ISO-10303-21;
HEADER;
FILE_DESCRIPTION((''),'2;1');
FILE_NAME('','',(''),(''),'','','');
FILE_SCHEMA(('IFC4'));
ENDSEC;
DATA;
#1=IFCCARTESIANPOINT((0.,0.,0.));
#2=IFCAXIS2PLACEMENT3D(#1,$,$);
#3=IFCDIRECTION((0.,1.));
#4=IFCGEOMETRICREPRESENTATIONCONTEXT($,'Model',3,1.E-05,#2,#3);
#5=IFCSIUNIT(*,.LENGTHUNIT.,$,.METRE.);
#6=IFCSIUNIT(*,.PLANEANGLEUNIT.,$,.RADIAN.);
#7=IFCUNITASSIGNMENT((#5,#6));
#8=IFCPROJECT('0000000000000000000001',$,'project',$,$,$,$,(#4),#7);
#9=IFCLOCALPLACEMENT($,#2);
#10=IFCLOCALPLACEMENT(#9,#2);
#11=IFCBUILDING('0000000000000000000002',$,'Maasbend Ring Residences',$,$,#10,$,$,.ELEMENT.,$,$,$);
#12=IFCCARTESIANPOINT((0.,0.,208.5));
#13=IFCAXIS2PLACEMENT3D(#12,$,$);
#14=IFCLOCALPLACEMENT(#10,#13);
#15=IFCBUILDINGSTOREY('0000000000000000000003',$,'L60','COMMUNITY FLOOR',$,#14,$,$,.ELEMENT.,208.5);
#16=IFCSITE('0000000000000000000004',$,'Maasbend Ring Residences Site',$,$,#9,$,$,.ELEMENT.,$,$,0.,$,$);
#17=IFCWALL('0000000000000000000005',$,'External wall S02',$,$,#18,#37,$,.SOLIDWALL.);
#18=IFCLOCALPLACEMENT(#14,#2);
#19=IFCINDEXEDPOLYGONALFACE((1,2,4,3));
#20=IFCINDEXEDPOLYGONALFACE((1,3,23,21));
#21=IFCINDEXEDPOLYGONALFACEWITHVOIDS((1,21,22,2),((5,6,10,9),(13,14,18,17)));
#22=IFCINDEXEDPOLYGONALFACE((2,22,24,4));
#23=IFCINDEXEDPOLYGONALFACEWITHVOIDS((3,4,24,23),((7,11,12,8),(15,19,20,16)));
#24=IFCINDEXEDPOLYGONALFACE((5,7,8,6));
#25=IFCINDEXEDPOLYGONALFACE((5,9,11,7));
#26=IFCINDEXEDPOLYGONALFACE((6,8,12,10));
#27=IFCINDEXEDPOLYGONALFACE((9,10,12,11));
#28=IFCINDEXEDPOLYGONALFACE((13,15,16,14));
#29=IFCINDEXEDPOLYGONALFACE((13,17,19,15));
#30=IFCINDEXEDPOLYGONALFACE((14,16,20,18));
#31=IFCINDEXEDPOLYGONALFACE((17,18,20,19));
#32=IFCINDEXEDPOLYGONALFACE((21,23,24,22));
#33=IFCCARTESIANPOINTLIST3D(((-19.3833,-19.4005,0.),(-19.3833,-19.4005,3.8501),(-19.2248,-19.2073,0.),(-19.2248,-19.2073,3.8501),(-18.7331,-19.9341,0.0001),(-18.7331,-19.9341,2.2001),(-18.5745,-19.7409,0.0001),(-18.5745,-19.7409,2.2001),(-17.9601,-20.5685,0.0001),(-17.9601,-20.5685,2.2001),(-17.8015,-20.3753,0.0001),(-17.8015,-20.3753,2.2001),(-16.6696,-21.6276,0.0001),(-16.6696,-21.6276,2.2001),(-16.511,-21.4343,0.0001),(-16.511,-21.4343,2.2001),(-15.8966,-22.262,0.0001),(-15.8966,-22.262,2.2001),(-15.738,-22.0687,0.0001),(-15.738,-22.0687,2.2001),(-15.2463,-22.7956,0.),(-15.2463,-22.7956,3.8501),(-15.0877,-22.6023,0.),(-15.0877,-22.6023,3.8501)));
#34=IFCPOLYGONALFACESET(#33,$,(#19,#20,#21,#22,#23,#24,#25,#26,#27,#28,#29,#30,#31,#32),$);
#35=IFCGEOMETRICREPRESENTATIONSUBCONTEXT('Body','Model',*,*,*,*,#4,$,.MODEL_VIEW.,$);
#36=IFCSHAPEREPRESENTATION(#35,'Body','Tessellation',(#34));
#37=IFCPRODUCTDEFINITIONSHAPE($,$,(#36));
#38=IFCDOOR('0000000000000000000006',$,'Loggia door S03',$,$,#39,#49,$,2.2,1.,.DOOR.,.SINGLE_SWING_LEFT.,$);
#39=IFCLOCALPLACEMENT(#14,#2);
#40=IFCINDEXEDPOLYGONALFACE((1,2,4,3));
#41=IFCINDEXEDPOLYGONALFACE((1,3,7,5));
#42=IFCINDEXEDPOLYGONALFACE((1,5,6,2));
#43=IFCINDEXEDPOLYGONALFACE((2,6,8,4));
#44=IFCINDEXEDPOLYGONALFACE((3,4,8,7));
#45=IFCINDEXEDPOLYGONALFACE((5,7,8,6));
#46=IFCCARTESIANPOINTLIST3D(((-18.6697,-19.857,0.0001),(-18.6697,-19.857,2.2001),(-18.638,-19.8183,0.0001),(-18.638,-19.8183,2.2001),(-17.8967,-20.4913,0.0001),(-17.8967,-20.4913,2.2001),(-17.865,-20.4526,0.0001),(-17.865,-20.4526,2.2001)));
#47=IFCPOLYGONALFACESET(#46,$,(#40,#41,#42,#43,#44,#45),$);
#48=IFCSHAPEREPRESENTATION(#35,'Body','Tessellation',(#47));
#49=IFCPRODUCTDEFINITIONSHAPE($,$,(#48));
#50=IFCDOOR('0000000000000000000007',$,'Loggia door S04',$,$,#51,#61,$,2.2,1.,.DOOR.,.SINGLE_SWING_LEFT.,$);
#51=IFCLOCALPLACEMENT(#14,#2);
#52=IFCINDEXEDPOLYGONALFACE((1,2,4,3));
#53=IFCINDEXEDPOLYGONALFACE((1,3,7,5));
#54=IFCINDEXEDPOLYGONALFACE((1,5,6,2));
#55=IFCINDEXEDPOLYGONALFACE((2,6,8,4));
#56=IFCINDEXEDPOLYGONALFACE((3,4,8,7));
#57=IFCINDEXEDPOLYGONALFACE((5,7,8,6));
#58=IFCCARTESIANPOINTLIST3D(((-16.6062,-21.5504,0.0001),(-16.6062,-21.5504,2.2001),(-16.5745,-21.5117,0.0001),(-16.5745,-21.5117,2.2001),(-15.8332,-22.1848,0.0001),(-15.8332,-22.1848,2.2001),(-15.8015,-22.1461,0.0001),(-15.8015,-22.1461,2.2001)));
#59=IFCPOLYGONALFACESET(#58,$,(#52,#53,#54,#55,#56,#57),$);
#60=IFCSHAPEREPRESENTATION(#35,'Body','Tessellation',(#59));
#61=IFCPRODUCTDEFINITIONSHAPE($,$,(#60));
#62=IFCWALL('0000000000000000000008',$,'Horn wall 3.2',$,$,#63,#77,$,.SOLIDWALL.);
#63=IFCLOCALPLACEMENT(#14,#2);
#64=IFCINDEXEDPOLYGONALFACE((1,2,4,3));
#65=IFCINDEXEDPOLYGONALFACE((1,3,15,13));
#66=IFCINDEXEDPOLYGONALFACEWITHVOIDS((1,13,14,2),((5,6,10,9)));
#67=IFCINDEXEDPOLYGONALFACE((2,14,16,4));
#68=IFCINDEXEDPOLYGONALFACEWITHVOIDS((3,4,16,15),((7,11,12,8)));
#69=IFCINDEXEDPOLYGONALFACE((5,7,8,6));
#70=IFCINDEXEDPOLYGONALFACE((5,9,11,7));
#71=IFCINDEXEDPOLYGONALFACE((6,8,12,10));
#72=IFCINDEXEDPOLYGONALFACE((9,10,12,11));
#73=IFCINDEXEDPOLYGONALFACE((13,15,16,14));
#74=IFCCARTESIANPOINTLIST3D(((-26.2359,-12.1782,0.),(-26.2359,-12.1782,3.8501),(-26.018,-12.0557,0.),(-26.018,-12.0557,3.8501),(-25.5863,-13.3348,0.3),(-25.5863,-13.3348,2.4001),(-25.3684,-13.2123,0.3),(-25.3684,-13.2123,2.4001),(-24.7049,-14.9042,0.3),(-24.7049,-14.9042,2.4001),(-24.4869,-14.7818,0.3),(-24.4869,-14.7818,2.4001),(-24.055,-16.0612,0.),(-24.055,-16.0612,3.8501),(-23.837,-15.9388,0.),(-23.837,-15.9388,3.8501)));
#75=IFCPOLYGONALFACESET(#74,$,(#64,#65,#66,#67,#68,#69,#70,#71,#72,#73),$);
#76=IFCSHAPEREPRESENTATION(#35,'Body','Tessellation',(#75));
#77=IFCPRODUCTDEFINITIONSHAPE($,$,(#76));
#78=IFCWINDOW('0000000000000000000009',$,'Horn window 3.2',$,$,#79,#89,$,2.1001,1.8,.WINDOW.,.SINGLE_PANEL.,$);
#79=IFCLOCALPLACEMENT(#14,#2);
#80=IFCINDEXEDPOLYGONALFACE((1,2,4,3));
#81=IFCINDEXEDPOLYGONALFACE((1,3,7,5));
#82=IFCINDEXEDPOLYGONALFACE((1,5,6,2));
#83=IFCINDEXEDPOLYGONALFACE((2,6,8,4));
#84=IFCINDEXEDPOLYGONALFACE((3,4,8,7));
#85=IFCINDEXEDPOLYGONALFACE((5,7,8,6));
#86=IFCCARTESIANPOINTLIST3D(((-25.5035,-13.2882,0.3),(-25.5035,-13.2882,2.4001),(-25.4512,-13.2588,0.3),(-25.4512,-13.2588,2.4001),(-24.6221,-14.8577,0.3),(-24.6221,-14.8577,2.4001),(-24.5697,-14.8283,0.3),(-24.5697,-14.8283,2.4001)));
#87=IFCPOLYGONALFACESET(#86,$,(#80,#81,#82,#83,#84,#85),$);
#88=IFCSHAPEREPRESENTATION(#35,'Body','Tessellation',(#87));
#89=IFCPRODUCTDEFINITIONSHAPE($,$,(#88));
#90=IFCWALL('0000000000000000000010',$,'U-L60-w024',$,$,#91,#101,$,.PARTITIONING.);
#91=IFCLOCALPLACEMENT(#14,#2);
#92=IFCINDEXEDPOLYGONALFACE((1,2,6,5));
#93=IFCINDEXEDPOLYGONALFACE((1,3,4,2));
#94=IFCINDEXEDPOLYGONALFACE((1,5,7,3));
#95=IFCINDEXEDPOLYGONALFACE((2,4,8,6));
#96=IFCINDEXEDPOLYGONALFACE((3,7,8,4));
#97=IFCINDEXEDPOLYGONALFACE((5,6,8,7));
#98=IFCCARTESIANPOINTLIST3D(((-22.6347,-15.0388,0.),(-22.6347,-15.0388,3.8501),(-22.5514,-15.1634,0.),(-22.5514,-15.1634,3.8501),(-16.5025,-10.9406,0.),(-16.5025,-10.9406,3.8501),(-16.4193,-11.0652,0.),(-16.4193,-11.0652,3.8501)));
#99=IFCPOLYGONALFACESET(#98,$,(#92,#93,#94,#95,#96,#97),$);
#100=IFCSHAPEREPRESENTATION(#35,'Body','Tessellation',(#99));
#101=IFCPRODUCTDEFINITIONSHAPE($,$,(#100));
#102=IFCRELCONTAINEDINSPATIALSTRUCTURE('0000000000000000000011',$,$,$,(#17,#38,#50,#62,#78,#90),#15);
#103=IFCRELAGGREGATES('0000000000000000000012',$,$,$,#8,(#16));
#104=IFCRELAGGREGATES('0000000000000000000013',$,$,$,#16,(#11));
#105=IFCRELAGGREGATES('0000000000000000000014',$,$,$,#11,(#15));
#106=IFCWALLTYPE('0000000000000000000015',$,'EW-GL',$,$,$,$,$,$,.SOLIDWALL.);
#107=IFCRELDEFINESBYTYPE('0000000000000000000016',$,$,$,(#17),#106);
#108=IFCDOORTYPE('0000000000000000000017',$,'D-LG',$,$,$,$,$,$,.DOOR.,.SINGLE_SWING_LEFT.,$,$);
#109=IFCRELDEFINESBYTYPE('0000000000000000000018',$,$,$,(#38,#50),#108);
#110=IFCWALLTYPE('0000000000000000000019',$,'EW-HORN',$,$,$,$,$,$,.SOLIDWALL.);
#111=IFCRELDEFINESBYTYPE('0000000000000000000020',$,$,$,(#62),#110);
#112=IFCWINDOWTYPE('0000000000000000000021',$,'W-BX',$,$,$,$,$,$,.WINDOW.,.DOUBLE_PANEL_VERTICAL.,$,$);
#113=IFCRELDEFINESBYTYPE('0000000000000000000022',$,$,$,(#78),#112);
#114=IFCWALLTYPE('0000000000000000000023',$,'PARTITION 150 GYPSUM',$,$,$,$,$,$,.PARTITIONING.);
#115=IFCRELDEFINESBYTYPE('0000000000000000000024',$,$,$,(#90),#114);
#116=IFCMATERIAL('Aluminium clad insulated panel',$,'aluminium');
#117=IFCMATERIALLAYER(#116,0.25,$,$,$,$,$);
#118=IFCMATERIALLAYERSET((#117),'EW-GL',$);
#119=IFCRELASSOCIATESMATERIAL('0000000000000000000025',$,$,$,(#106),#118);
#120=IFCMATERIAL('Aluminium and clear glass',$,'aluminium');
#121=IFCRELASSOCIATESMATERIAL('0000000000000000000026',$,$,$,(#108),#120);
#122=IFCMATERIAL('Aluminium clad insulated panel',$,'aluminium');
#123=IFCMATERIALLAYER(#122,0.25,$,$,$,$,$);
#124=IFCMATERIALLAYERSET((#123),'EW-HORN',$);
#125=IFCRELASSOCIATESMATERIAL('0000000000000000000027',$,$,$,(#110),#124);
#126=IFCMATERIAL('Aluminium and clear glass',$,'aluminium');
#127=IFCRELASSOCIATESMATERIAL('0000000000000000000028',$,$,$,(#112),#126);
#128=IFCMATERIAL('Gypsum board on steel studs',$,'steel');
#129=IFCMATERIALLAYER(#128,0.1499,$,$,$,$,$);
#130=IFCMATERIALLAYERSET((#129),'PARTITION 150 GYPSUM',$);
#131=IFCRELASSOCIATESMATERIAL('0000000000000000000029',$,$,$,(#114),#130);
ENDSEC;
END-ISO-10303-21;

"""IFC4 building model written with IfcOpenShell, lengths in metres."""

from ifc_helpers import new_model, si_unit, direction, frame, frame_2d, origin, place, context, subcontext, project, spatial, rectangle, extrude, material, layer, layer_set, type_object, element, fill, save


model = new_model("IFC4")

# Units and contexts
model_context = context("Model", 3, precision=1e-05, world=origin(), true_north=direction((0.0, 1.0)))
body_context = subcontext(model_context, "Body", "Model", "MODEL_VIEW")
ifc_project = project(units=[si_unit("LENGTHUNIT", "METRE"), si_unit("PLANEANGLEUNIT", "RADIAN")], contexts=[model_context])

# Site, building, storey
site_placement = place(None, origin())
site = spatial("IfcSite", under=ifc_project, at=site_placement, Name="Maasbend Ring Residences Site", CompositionType="ELEMENT", RefElevation=0.0)
building_placement = place(site_placement, origin())
building = spatial("IfcBuilding", under=site, at=building_placement, Name="Maasbend Ring Residences", CompositionType="ELEMENT")
storey_placement = place(building_placement, frame((0.0, 0.0, 208.5)))
storey = spatial("IfcBuildingStorey", under=building, at=storey_placement, Name="L60", Description="COMMUNITY FLOOR", CompositionType="ELEMENT", Elevation=208.5)

# Wall, openings, doors
ifc_material_1 = material(Name="Aluminium clad insulated panel", Category="aluminium")
ifc_layer_1 = layer(ifc_material_1, 0.25)
ifc_layer_set_1 = layer_set([ifc_layer_1], Name="EW-GL")
wall_type_1 = type_object("IfcWallType", Name="EW-GL", PredefinedType="SOLIDWALL", material=ifc_layer_set_1)
ifc_material_2 = material(Name="Aluminium and clear glass", Category="aluminium")
door_type_1 = type_object("IfcDoorType", Name="D-LG", OperationType="SINGLE_SWING_LEFT", PredefinedType="DOOR", material=ifc_material_2)
wall_1_placement = place(storey_placement, frame((-19.304, -19.304, 0.0), z_axis=(0.0, 0.0, 1.0), x_axis=(0.773019, -0.634382, 0.0)))
wall_1 = element("IfcWall", 1, at=wall_1_placement, inside=storey, type_object=wall_type_1, Name="External wall S02", PredefinedType="SOLIDWALL", context=body_context, shape_type="SweptSolid", body=[
    extrude(rectangle(XDim=5.3518, YDim=0.25, at=frame_2d((2.6758, 0.0))), origin(), (0.0, 0.0, 1.0), 3.8501),
])
opening_1_placement = place(wall_1_placement, frame((0.8411, 0.0, 0.0)))
opening_1 = element("IfcOpeningElement", 2, at=opening_1_placement, cuts=wall_1, PredefinedType="OPENING", context=body_context, shape_type="SweptSolid", body=[
    extrude(rectangle(XDim=1.0, YDim=2.2, at=frame_2d((0.5, 1.1001))), frame((0.0, 0.135, 0.0), z_axis=(0.0, -1.0, 0.0), x_axis=(1.0, 0.0, 0.0)), (0.0, 0.0, 1.0), 0.27),
])
opening_2_placement = place(wall_1_placement, frame((3.5105, 0.0, 0.0)))
opening_2 = element("IfcOpeningElement", 3, at=opening_2_placement, cuts=wall_1, PredefinedType="OPENING", context=body_context, shape_type="SweptSolid", body=[
    extrude(rectangle(XDim=1.0, YDim=2.2, at=frame_2d((0.5, 1.1001))), frame((0.0, 0.135, 0.0), z_axis=(0.0, -1.0, 0.0), x_axis=(1.0, 0.0, 0.0)), (0.0, 0.0, 1.0), 0.27),
])
door_1_placement = place(opening_1_placement, origin())
door_1 = element("IfcDoor", 4, at=door_1_placement, inside=storey, type_object=door_type_1, Name="Loggia door S03", OperationType="SINGLE_SWING_LEFT", OverallHeight=2.2, OverallWidth=1.0, PredefinedType="DOOR", context=body_context, shape_type="SweptSolid", body=[
    extrude(rectangle(XDim=1.0, YDim=2.2, at=frame_2d((0.5, 1.1001))), frame((0.0, 0.0249, 0.0), z_axis=(0.0, -1.0, 0.0), x_axis=(1.0, 0.0, 0.0)), (0.0, 0.0, 1.0), 0.05),
])
fill(opening_1, door_1)
door_2_placement = place(opening_2_placement, origin())
door_2 = element("IfcDoor", 5, at=door_2_placement, inside=storey, type_object=door_type_1, Name="Loggia door S04", OperationType="SINGLE_SWING_LEFT", OverallHeight=2.2, OverallWidth=1.0, PredefinedType="DOOR", context=body_context, shape_type="SweptSolid", body=[
    extrude(rectangle(XDim=1.0, YDim=2.2, at=frame_2d((0.5, 1.1001))), frame((0.0, 0.0249, 0.0), z_axis=(0.0, -1.0, 0.0), x_axis=(1.0, 0.0, 0.0)), (0.0, 0.0, 1.0), 0.05),
])
fill(opening_2, door_2)

# Wall, opening, window
ifc_material_3 = material(Name="Aluminium clad insulated panel", Category="aluminium")
ifc_layer_2 = layer(ifc_material_3, 0.25)
ifc_layer_set_2 = layer_set([ifc_layer_2], Name="EW-HORN")
wall_type_2 = type_object("IfcWallType", Name="EW-HORN", PredefinedType="SOLIDWALL", material=ifc_layer_set_2)
wall_2_placement = place(storey_placement, frame((-26.127, -12.1169, 0.0), z_axis=(0.0, 0.0, 1.0), x_axis=(0.489696, -0.871893, 0.0)))
wall_2 = element("IfcWall", 6, at=wall_2_placement, inside=storey, type_object=wall_type_2, Name="Horn wall 3.2", PredefinedType="SOLIDWALL", context=body_context, shape_type="SweptSolid", body=[
    extrude(rectangle(XDim=4.4536, YDim=0.25, at=frame_2d((2.2268, 0.0))), origin(), (0.0, 0.0, 1.0), 3.8501),
])
opening_3_placement = place(wall_2_placement, frame((1.3267, 0.0, 0.3)))
opening_3 = element("IfcOpeningElement", 7, at=opening_3_placement, cuts=wall_2, PredefinedType="OPENING", context=body_context, shape_type="SweptSolid", body=[
    extrude(rectangle(XDim=1.8, YDim=2.1001, at=frame_2d((0.8999, 1.05))), frame((0.0, 0.135, 0.0), z_axis=(0.0, -1.0, 0.0), x_axis=(1.0, 0.0, 0.0)), (0.0, 0.0, 1.0), 0.27),
])
ifc_material_4 = material(Name="Aluminium and clear glass", Category="aluminium")
window_type = type_object("IfcWindowType", Name="W-BX", PartitioningType="DOUBLE_PANEL_VERTICAL", PredefinedType="WINDOW", material=ifc_material_4)
window_placement = place(opening_3_placement, origin())
window = element("IfcWindow", 8, at=window_placement, inside=storey, type_object=window_type, Name="Horn window 3.2", OverallHeight=2.1001, OverallWidth=1.8, PartitioningType="SINGLE_PANEL", PredefinedType="WINDOW", context=body_context, shape_type="SweptSolid", body=[
    extrude(rectangle(XDim=1.8, YDim=2.1001, at=frame_2d((0.8999, 1.05))), frame((0.0, 0.03, 0.0), z_axis=(0.0, -1.0, 0.0), x_axis=(1.0, 0.0, 0.0)), (0.0, 0.0, 1.0), 0.0601),
])
fill(opening_3, window)

# Wall
ifc_material_5 = material(Name="Gypsum board on steel studs", Category="steel")
ifc_layer_3 = layer(ifc_material_5, 0.1499)
ifc_layer_set_3 = layer_set([ifc_layer_3], Name="PARTITION 150 GYPSUM")
wall_type_3 = type_object("IfcWallType", Name="PARTITION 150 GYPSUM", PredefinedType="PARTITIONING", material=ifc_layer_set_3)
wall_3_placement = place(storey_placement, frame((-22.593, -15.1011, 0.0), z_axis=(0.0, 0.0, 1.0), x_axis=(0.831418, 0.555647, 0.0)))
element("IfcWall", 9, at=wall_3_placement, inside=storey, type_object=wall_type_3, Name="U-L60-w024", PredefinedType="PARTITIONING", context=body_context, shape_type="SweptSolid", body=[
    extrude(rectangle(XDim=7.3755, YDim=0.1499, at=frame_2d((3.6877, 0.0))), origin(), (0.0, 0.0, 1.0), 3.8501),
])

save(model, "model.ifc")
